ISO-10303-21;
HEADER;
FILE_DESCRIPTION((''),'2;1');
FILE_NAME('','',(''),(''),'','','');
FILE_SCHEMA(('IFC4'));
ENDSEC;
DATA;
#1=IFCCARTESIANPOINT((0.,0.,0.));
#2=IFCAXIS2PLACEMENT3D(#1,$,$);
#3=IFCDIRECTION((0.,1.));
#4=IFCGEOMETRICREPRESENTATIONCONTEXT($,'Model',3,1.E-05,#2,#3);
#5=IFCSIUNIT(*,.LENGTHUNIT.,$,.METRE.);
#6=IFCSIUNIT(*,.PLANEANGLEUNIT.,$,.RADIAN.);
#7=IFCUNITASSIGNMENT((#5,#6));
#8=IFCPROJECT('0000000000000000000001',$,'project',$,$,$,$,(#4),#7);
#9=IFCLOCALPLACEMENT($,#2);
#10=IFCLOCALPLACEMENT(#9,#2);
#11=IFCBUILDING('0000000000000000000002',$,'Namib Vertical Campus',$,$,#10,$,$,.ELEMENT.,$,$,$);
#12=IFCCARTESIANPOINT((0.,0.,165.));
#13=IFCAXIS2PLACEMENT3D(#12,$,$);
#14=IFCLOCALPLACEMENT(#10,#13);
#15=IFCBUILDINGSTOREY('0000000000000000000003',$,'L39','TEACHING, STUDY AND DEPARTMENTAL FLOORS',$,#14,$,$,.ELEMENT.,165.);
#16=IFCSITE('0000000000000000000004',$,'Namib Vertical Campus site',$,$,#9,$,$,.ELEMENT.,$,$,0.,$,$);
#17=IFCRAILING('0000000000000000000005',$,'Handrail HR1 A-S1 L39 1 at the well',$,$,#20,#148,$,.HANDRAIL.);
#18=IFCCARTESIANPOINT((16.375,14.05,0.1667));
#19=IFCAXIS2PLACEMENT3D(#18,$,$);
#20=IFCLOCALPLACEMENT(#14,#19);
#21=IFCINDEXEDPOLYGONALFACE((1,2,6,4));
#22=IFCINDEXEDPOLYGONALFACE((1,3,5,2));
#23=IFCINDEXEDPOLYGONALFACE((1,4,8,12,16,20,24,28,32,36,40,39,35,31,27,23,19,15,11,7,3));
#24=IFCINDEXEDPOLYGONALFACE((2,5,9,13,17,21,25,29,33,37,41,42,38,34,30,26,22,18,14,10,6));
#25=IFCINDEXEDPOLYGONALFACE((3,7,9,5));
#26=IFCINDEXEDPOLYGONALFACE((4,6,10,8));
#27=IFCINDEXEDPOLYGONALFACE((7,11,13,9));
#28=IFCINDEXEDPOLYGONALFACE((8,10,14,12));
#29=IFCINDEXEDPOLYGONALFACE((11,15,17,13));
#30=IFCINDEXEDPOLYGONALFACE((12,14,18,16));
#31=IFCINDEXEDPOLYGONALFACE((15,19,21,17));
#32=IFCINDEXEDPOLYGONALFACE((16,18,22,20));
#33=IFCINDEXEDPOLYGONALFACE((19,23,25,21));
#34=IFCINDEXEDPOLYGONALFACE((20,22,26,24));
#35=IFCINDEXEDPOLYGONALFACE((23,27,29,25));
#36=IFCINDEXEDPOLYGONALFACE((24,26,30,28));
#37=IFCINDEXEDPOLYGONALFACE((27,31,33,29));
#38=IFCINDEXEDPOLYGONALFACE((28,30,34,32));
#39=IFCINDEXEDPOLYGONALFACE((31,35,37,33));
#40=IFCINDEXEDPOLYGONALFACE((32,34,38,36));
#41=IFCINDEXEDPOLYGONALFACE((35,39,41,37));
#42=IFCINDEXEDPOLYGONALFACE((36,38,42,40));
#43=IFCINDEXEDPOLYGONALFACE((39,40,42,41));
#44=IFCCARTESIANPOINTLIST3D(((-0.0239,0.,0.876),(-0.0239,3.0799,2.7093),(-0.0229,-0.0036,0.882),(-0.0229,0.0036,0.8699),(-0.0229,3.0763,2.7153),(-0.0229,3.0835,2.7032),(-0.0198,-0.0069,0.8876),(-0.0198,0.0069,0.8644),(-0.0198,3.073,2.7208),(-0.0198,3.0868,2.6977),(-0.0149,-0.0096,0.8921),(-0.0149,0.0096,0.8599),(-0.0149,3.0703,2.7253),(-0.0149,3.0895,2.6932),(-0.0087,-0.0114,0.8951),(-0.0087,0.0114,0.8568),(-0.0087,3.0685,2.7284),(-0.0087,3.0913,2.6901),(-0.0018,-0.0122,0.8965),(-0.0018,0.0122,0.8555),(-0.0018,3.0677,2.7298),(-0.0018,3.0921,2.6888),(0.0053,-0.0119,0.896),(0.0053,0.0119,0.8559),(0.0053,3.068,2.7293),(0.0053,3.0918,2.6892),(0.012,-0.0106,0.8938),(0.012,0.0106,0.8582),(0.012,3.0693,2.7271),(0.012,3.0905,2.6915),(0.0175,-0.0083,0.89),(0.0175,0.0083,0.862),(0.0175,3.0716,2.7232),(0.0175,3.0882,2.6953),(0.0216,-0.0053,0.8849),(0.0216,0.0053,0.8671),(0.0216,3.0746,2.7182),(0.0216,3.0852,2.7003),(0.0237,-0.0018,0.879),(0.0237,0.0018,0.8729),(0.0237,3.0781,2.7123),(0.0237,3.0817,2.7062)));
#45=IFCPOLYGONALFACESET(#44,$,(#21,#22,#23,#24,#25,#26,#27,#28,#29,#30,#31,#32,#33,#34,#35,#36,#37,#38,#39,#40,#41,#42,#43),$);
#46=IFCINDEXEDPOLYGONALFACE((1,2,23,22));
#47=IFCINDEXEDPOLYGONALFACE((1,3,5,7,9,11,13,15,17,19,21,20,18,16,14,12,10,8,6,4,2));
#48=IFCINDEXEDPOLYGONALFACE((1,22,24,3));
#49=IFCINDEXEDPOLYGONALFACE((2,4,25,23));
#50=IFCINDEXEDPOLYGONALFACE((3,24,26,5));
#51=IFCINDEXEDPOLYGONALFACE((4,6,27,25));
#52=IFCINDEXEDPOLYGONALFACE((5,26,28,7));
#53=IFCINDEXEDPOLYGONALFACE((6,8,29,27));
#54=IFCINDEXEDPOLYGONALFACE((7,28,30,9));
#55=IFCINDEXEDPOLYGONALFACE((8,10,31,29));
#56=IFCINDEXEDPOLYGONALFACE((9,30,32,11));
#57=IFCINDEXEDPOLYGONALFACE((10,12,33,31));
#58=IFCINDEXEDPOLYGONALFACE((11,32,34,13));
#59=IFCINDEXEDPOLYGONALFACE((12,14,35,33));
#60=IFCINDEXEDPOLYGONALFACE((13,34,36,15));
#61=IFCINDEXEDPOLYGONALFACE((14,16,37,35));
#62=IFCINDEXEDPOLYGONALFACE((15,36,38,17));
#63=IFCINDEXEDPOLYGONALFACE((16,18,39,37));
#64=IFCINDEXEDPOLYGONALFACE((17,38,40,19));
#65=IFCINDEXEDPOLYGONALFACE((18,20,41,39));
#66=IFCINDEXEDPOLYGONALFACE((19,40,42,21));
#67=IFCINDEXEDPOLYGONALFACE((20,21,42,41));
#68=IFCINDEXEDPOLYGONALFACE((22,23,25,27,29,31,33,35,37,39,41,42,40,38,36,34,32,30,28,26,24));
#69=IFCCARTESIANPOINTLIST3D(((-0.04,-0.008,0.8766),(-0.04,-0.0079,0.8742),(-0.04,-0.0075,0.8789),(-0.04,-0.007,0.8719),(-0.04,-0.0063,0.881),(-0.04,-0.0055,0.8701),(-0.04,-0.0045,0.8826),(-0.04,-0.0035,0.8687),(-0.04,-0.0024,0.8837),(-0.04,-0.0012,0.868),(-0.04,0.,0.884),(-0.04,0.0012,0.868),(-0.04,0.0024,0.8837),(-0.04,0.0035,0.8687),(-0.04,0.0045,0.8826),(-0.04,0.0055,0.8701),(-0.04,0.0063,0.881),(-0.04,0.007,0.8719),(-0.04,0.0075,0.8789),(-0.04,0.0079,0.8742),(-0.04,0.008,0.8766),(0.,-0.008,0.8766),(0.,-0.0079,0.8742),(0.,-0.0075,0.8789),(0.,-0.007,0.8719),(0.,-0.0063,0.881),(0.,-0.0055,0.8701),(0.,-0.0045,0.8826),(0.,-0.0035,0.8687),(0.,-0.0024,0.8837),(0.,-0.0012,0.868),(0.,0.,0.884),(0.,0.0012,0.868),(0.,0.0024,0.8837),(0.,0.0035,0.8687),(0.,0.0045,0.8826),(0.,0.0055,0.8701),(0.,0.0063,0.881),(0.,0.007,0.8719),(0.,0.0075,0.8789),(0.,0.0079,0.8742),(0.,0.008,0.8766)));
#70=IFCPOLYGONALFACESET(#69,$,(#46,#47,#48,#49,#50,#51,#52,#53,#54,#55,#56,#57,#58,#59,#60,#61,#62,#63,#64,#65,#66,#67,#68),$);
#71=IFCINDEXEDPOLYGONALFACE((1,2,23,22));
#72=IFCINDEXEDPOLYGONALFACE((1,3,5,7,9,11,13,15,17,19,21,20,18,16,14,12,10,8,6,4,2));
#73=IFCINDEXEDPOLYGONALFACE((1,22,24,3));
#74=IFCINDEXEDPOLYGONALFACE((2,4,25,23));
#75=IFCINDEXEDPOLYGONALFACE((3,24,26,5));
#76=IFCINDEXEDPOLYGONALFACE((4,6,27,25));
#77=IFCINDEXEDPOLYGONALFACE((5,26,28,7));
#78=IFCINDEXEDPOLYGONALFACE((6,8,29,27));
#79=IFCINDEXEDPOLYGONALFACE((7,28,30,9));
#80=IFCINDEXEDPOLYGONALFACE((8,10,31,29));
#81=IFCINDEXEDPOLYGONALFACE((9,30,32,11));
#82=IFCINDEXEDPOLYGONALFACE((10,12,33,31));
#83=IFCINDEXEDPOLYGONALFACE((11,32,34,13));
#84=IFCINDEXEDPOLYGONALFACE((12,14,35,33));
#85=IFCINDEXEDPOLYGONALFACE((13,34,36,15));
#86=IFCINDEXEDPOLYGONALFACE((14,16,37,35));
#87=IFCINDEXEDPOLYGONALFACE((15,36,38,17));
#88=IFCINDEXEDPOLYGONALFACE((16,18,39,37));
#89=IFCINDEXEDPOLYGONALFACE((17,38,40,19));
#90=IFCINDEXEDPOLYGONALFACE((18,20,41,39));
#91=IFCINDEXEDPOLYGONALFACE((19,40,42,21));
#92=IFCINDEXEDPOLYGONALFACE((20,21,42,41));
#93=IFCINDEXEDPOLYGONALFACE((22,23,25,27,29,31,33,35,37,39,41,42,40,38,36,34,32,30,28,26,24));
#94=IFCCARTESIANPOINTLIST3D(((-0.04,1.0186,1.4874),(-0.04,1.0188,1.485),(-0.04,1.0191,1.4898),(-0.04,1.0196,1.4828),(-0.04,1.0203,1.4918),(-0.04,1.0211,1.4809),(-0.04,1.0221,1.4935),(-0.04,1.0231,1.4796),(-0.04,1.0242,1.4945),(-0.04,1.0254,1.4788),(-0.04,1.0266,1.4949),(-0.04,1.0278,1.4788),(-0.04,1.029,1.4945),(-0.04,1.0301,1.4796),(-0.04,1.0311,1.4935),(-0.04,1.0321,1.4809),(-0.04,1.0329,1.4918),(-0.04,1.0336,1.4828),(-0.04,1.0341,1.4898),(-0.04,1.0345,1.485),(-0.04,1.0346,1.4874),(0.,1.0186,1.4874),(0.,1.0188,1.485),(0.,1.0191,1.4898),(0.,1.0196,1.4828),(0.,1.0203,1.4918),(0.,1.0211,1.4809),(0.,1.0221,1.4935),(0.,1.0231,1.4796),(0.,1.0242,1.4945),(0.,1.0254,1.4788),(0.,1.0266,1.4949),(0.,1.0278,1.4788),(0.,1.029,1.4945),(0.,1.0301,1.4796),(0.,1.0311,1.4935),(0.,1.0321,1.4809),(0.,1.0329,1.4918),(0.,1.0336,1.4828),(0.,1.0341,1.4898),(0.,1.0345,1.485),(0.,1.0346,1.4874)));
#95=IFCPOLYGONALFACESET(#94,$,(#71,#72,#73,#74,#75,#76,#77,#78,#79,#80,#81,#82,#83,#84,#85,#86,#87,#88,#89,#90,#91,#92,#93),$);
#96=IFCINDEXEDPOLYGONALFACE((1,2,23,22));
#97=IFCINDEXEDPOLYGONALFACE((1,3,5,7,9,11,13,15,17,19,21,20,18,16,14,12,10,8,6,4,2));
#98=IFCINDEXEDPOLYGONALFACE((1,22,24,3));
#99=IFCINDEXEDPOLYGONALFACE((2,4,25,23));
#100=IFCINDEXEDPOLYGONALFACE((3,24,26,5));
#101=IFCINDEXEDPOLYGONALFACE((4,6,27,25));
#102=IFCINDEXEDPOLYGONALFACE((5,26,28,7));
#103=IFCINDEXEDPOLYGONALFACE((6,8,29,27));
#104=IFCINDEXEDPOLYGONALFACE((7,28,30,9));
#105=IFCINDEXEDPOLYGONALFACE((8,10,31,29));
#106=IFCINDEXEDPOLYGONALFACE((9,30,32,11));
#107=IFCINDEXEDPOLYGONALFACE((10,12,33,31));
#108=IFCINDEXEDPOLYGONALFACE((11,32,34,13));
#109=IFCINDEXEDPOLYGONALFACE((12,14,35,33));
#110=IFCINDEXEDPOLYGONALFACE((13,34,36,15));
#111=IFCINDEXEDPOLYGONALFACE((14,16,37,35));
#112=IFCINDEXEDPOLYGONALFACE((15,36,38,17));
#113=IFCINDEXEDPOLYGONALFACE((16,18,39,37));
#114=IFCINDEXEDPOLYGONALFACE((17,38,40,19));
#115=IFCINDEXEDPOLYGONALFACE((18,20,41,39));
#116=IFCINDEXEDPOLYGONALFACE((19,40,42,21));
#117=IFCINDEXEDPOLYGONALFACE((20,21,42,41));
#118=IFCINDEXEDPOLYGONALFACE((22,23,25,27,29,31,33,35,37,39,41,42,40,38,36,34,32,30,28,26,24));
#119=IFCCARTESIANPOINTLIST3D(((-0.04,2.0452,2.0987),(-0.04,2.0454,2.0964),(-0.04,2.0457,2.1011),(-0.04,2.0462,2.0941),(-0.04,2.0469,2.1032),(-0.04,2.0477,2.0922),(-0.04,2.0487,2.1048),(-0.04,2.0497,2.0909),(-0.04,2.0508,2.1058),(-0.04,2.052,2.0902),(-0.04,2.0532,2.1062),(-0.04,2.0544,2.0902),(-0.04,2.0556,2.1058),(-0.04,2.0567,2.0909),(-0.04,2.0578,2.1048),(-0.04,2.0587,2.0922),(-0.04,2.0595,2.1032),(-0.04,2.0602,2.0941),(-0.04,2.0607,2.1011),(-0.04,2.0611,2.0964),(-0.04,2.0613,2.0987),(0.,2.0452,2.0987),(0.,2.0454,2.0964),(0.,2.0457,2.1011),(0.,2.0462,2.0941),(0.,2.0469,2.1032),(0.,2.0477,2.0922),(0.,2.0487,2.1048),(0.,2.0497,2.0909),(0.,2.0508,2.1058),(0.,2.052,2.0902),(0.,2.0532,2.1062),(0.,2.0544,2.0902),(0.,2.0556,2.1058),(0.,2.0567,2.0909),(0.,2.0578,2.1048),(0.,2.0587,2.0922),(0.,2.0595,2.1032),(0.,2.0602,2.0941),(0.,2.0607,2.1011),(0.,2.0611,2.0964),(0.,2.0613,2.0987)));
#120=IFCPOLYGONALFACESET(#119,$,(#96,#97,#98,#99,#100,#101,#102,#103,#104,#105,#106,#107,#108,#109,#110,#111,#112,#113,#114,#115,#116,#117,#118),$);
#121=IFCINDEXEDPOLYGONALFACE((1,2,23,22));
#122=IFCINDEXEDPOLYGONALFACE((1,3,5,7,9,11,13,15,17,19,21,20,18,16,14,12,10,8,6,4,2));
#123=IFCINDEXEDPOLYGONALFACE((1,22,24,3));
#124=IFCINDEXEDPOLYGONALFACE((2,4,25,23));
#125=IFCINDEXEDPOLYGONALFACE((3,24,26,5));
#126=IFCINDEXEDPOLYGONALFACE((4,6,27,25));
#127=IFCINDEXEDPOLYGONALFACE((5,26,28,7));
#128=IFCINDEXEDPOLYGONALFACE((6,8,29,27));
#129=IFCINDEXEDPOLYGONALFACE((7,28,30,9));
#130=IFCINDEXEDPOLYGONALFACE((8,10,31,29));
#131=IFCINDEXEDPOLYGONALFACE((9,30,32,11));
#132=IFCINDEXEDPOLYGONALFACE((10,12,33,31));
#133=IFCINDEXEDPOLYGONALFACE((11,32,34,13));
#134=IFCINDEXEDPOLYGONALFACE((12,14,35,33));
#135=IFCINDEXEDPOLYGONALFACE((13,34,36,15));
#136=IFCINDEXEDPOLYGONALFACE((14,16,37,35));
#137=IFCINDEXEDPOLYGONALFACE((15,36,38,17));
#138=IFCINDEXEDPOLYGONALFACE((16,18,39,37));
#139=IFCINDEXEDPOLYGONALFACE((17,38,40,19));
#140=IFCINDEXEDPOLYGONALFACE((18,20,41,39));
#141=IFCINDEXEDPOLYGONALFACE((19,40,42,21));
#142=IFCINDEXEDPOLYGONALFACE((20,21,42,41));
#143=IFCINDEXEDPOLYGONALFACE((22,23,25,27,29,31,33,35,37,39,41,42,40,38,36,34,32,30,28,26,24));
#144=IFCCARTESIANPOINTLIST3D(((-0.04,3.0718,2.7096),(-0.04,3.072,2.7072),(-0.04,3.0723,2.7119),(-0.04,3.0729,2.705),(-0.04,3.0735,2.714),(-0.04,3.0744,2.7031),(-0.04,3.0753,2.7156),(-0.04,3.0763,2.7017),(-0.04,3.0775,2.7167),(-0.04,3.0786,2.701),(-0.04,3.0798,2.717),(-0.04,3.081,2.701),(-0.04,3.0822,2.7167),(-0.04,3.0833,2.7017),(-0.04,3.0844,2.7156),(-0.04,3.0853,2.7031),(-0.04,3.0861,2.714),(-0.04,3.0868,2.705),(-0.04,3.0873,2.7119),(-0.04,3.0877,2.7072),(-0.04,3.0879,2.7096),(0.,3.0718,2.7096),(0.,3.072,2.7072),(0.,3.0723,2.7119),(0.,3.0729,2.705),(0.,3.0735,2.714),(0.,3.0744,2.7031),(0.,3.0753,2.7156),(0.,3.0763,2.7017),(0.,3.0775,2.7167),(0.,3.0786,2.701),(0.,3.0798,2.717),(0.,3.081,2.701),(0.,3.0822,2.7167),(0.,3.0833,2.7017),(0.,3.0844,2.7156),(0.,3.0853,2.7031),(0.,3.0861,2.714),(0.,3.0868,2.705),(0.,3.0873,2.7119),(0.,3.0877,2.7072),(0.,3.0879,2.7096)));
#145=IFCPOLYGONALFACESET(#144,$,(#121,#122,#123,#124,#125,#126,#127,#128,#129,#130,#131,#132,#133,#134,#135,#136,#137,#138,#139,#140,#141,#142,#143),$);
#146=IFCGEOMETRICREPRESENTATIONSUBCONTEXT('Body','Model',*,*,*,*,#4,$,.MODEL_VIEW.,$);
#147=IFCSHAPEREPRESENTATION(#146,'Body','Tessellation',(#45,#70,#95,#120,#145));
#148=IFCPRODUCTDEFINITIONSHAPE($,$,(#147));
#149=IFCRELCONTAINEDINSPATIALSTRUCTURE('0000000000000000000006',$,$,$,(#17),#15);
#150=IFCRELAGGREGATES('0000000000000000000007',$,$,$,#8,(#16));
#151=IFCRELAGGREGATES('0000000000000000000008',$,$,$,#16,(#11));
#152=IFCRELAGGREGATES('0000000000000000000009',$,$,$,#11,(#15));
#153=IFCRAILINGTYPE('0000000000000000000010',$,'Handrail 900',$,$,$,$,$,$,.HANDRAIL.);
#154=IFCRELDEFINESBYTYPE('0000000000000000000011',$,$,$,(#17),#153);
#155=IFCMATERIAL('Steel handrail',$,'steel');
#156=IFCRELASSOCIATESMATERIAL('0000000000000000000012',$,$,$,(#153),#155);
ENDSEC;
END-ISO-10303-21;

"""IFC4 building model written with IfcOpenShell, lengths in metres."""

from ifc_helpers import new_model, si_unit, direction, frame, origin, origin_2d, place, context, subcontext, project, spatial, circle, extrude, material, type_object, element, save


model = new_model("IFC4")

# Units and contexts
model_context = context("Model", 3, precision=1e-05, world=origin(), true_north=direction((0.0, 1.0)))
body_context = subcontext(model_context, "Body", "Model", "MODEL_VIEW")
ifc_project = project(units=[si_unit("LENGTHUNIT", "METRE"), si_unit("PLANEANGLEUNIT", "RADIAN")], contexts=[model_context])

# Site, building, storey
site_placement = place(None, origin())
site = spatial("IfcSite", under=ifc_project, at=site_placement, Name="Namib Vertical Campus site", CompositionType="ELEMENT", RefElevation=0.0)
building_placement = place(site_placement, origin())
building = spatial("IfcBuilding", under=site, at=building_placement, Name="Namib Vertical Campus", CompositionType="ELEMENT")
storey_placement = place(building_placement, frame((0.0, 0.0, 165.0)))
storey = spatial("IfcBuildingStorey", under=building, at=storey_placement, Name="L39", Description="TEACHING, STUDY AND DEPARTMENTAL FLOORS", CompositionType="ELEMENT", Elevation=165.0)

# Railing
ifc_material_1 = material(Name="Steel handrail", Category="steel")
railing_type_1 = type_object("IfcRailingType", Name="Handrail 900", PredefinedType="HANDRAIL", material=ifc_material_1)
railing_1_placement = place(storey_placement, frame((16.375, 14.05, 0.1667)))
element("IfcRailing", 1, at=railing_1_placement, inside=storey, type_object=railing_type_1, Name="Handrail HR1 A-S1 L39 1 at the well", PredefinedType="HANDRAIL", context=body_context, shape_type="SweptSolid", body=[
    extrude(circle(Radius=0.0239, at=origin_2d()), frame((0.0, 0.0, 0.876), z_axis=(0.0, 0.859291, 0.511487), x_axis=(-1.0, 0.0, 0.0)), (0.0, 0.0, 1.0), 3.5842),
    extrude(circle(Radius=0.0081, at=origin_2d()), frame((0.0, 0.0, 0.876), z_axis=(-1.0, 0.0, 0.0), x_axis=(0.0, 0.0, 1.0)), (0.0, 0.0, 1.0), 0.04),
    extrude(circle(Radius=0.0081, at=origin_2d()), frame((0.0, 1.0266, 1.4868), z_axis=(-1.0, 0.0, 0.0), x_axis=(0.0, 0.0, 1.0)), (0.0, 0.0, 1.0), 0.04),
    extrude(circle(Radius=0.0081, at=origin_2d()), frame((0.0, 2.0532, 2.0981), z_axis=(-1.0, 0.0, 0.0), x_axis=(0.0, 0.0, 1.0)), (0.0, 0.0, 1.0), 0.04),
    extrude(circle(Radius=0.0081, at=origin_2d()), frame((0.0, 3.0798, 2.709), z_axis=(-1.0, 0.0, 0.0), x_axis=(0.0, 0.0, 1.0)), (0.0, 0.0, 1.0), 0.04),
])

save(model, "model.ifc")
